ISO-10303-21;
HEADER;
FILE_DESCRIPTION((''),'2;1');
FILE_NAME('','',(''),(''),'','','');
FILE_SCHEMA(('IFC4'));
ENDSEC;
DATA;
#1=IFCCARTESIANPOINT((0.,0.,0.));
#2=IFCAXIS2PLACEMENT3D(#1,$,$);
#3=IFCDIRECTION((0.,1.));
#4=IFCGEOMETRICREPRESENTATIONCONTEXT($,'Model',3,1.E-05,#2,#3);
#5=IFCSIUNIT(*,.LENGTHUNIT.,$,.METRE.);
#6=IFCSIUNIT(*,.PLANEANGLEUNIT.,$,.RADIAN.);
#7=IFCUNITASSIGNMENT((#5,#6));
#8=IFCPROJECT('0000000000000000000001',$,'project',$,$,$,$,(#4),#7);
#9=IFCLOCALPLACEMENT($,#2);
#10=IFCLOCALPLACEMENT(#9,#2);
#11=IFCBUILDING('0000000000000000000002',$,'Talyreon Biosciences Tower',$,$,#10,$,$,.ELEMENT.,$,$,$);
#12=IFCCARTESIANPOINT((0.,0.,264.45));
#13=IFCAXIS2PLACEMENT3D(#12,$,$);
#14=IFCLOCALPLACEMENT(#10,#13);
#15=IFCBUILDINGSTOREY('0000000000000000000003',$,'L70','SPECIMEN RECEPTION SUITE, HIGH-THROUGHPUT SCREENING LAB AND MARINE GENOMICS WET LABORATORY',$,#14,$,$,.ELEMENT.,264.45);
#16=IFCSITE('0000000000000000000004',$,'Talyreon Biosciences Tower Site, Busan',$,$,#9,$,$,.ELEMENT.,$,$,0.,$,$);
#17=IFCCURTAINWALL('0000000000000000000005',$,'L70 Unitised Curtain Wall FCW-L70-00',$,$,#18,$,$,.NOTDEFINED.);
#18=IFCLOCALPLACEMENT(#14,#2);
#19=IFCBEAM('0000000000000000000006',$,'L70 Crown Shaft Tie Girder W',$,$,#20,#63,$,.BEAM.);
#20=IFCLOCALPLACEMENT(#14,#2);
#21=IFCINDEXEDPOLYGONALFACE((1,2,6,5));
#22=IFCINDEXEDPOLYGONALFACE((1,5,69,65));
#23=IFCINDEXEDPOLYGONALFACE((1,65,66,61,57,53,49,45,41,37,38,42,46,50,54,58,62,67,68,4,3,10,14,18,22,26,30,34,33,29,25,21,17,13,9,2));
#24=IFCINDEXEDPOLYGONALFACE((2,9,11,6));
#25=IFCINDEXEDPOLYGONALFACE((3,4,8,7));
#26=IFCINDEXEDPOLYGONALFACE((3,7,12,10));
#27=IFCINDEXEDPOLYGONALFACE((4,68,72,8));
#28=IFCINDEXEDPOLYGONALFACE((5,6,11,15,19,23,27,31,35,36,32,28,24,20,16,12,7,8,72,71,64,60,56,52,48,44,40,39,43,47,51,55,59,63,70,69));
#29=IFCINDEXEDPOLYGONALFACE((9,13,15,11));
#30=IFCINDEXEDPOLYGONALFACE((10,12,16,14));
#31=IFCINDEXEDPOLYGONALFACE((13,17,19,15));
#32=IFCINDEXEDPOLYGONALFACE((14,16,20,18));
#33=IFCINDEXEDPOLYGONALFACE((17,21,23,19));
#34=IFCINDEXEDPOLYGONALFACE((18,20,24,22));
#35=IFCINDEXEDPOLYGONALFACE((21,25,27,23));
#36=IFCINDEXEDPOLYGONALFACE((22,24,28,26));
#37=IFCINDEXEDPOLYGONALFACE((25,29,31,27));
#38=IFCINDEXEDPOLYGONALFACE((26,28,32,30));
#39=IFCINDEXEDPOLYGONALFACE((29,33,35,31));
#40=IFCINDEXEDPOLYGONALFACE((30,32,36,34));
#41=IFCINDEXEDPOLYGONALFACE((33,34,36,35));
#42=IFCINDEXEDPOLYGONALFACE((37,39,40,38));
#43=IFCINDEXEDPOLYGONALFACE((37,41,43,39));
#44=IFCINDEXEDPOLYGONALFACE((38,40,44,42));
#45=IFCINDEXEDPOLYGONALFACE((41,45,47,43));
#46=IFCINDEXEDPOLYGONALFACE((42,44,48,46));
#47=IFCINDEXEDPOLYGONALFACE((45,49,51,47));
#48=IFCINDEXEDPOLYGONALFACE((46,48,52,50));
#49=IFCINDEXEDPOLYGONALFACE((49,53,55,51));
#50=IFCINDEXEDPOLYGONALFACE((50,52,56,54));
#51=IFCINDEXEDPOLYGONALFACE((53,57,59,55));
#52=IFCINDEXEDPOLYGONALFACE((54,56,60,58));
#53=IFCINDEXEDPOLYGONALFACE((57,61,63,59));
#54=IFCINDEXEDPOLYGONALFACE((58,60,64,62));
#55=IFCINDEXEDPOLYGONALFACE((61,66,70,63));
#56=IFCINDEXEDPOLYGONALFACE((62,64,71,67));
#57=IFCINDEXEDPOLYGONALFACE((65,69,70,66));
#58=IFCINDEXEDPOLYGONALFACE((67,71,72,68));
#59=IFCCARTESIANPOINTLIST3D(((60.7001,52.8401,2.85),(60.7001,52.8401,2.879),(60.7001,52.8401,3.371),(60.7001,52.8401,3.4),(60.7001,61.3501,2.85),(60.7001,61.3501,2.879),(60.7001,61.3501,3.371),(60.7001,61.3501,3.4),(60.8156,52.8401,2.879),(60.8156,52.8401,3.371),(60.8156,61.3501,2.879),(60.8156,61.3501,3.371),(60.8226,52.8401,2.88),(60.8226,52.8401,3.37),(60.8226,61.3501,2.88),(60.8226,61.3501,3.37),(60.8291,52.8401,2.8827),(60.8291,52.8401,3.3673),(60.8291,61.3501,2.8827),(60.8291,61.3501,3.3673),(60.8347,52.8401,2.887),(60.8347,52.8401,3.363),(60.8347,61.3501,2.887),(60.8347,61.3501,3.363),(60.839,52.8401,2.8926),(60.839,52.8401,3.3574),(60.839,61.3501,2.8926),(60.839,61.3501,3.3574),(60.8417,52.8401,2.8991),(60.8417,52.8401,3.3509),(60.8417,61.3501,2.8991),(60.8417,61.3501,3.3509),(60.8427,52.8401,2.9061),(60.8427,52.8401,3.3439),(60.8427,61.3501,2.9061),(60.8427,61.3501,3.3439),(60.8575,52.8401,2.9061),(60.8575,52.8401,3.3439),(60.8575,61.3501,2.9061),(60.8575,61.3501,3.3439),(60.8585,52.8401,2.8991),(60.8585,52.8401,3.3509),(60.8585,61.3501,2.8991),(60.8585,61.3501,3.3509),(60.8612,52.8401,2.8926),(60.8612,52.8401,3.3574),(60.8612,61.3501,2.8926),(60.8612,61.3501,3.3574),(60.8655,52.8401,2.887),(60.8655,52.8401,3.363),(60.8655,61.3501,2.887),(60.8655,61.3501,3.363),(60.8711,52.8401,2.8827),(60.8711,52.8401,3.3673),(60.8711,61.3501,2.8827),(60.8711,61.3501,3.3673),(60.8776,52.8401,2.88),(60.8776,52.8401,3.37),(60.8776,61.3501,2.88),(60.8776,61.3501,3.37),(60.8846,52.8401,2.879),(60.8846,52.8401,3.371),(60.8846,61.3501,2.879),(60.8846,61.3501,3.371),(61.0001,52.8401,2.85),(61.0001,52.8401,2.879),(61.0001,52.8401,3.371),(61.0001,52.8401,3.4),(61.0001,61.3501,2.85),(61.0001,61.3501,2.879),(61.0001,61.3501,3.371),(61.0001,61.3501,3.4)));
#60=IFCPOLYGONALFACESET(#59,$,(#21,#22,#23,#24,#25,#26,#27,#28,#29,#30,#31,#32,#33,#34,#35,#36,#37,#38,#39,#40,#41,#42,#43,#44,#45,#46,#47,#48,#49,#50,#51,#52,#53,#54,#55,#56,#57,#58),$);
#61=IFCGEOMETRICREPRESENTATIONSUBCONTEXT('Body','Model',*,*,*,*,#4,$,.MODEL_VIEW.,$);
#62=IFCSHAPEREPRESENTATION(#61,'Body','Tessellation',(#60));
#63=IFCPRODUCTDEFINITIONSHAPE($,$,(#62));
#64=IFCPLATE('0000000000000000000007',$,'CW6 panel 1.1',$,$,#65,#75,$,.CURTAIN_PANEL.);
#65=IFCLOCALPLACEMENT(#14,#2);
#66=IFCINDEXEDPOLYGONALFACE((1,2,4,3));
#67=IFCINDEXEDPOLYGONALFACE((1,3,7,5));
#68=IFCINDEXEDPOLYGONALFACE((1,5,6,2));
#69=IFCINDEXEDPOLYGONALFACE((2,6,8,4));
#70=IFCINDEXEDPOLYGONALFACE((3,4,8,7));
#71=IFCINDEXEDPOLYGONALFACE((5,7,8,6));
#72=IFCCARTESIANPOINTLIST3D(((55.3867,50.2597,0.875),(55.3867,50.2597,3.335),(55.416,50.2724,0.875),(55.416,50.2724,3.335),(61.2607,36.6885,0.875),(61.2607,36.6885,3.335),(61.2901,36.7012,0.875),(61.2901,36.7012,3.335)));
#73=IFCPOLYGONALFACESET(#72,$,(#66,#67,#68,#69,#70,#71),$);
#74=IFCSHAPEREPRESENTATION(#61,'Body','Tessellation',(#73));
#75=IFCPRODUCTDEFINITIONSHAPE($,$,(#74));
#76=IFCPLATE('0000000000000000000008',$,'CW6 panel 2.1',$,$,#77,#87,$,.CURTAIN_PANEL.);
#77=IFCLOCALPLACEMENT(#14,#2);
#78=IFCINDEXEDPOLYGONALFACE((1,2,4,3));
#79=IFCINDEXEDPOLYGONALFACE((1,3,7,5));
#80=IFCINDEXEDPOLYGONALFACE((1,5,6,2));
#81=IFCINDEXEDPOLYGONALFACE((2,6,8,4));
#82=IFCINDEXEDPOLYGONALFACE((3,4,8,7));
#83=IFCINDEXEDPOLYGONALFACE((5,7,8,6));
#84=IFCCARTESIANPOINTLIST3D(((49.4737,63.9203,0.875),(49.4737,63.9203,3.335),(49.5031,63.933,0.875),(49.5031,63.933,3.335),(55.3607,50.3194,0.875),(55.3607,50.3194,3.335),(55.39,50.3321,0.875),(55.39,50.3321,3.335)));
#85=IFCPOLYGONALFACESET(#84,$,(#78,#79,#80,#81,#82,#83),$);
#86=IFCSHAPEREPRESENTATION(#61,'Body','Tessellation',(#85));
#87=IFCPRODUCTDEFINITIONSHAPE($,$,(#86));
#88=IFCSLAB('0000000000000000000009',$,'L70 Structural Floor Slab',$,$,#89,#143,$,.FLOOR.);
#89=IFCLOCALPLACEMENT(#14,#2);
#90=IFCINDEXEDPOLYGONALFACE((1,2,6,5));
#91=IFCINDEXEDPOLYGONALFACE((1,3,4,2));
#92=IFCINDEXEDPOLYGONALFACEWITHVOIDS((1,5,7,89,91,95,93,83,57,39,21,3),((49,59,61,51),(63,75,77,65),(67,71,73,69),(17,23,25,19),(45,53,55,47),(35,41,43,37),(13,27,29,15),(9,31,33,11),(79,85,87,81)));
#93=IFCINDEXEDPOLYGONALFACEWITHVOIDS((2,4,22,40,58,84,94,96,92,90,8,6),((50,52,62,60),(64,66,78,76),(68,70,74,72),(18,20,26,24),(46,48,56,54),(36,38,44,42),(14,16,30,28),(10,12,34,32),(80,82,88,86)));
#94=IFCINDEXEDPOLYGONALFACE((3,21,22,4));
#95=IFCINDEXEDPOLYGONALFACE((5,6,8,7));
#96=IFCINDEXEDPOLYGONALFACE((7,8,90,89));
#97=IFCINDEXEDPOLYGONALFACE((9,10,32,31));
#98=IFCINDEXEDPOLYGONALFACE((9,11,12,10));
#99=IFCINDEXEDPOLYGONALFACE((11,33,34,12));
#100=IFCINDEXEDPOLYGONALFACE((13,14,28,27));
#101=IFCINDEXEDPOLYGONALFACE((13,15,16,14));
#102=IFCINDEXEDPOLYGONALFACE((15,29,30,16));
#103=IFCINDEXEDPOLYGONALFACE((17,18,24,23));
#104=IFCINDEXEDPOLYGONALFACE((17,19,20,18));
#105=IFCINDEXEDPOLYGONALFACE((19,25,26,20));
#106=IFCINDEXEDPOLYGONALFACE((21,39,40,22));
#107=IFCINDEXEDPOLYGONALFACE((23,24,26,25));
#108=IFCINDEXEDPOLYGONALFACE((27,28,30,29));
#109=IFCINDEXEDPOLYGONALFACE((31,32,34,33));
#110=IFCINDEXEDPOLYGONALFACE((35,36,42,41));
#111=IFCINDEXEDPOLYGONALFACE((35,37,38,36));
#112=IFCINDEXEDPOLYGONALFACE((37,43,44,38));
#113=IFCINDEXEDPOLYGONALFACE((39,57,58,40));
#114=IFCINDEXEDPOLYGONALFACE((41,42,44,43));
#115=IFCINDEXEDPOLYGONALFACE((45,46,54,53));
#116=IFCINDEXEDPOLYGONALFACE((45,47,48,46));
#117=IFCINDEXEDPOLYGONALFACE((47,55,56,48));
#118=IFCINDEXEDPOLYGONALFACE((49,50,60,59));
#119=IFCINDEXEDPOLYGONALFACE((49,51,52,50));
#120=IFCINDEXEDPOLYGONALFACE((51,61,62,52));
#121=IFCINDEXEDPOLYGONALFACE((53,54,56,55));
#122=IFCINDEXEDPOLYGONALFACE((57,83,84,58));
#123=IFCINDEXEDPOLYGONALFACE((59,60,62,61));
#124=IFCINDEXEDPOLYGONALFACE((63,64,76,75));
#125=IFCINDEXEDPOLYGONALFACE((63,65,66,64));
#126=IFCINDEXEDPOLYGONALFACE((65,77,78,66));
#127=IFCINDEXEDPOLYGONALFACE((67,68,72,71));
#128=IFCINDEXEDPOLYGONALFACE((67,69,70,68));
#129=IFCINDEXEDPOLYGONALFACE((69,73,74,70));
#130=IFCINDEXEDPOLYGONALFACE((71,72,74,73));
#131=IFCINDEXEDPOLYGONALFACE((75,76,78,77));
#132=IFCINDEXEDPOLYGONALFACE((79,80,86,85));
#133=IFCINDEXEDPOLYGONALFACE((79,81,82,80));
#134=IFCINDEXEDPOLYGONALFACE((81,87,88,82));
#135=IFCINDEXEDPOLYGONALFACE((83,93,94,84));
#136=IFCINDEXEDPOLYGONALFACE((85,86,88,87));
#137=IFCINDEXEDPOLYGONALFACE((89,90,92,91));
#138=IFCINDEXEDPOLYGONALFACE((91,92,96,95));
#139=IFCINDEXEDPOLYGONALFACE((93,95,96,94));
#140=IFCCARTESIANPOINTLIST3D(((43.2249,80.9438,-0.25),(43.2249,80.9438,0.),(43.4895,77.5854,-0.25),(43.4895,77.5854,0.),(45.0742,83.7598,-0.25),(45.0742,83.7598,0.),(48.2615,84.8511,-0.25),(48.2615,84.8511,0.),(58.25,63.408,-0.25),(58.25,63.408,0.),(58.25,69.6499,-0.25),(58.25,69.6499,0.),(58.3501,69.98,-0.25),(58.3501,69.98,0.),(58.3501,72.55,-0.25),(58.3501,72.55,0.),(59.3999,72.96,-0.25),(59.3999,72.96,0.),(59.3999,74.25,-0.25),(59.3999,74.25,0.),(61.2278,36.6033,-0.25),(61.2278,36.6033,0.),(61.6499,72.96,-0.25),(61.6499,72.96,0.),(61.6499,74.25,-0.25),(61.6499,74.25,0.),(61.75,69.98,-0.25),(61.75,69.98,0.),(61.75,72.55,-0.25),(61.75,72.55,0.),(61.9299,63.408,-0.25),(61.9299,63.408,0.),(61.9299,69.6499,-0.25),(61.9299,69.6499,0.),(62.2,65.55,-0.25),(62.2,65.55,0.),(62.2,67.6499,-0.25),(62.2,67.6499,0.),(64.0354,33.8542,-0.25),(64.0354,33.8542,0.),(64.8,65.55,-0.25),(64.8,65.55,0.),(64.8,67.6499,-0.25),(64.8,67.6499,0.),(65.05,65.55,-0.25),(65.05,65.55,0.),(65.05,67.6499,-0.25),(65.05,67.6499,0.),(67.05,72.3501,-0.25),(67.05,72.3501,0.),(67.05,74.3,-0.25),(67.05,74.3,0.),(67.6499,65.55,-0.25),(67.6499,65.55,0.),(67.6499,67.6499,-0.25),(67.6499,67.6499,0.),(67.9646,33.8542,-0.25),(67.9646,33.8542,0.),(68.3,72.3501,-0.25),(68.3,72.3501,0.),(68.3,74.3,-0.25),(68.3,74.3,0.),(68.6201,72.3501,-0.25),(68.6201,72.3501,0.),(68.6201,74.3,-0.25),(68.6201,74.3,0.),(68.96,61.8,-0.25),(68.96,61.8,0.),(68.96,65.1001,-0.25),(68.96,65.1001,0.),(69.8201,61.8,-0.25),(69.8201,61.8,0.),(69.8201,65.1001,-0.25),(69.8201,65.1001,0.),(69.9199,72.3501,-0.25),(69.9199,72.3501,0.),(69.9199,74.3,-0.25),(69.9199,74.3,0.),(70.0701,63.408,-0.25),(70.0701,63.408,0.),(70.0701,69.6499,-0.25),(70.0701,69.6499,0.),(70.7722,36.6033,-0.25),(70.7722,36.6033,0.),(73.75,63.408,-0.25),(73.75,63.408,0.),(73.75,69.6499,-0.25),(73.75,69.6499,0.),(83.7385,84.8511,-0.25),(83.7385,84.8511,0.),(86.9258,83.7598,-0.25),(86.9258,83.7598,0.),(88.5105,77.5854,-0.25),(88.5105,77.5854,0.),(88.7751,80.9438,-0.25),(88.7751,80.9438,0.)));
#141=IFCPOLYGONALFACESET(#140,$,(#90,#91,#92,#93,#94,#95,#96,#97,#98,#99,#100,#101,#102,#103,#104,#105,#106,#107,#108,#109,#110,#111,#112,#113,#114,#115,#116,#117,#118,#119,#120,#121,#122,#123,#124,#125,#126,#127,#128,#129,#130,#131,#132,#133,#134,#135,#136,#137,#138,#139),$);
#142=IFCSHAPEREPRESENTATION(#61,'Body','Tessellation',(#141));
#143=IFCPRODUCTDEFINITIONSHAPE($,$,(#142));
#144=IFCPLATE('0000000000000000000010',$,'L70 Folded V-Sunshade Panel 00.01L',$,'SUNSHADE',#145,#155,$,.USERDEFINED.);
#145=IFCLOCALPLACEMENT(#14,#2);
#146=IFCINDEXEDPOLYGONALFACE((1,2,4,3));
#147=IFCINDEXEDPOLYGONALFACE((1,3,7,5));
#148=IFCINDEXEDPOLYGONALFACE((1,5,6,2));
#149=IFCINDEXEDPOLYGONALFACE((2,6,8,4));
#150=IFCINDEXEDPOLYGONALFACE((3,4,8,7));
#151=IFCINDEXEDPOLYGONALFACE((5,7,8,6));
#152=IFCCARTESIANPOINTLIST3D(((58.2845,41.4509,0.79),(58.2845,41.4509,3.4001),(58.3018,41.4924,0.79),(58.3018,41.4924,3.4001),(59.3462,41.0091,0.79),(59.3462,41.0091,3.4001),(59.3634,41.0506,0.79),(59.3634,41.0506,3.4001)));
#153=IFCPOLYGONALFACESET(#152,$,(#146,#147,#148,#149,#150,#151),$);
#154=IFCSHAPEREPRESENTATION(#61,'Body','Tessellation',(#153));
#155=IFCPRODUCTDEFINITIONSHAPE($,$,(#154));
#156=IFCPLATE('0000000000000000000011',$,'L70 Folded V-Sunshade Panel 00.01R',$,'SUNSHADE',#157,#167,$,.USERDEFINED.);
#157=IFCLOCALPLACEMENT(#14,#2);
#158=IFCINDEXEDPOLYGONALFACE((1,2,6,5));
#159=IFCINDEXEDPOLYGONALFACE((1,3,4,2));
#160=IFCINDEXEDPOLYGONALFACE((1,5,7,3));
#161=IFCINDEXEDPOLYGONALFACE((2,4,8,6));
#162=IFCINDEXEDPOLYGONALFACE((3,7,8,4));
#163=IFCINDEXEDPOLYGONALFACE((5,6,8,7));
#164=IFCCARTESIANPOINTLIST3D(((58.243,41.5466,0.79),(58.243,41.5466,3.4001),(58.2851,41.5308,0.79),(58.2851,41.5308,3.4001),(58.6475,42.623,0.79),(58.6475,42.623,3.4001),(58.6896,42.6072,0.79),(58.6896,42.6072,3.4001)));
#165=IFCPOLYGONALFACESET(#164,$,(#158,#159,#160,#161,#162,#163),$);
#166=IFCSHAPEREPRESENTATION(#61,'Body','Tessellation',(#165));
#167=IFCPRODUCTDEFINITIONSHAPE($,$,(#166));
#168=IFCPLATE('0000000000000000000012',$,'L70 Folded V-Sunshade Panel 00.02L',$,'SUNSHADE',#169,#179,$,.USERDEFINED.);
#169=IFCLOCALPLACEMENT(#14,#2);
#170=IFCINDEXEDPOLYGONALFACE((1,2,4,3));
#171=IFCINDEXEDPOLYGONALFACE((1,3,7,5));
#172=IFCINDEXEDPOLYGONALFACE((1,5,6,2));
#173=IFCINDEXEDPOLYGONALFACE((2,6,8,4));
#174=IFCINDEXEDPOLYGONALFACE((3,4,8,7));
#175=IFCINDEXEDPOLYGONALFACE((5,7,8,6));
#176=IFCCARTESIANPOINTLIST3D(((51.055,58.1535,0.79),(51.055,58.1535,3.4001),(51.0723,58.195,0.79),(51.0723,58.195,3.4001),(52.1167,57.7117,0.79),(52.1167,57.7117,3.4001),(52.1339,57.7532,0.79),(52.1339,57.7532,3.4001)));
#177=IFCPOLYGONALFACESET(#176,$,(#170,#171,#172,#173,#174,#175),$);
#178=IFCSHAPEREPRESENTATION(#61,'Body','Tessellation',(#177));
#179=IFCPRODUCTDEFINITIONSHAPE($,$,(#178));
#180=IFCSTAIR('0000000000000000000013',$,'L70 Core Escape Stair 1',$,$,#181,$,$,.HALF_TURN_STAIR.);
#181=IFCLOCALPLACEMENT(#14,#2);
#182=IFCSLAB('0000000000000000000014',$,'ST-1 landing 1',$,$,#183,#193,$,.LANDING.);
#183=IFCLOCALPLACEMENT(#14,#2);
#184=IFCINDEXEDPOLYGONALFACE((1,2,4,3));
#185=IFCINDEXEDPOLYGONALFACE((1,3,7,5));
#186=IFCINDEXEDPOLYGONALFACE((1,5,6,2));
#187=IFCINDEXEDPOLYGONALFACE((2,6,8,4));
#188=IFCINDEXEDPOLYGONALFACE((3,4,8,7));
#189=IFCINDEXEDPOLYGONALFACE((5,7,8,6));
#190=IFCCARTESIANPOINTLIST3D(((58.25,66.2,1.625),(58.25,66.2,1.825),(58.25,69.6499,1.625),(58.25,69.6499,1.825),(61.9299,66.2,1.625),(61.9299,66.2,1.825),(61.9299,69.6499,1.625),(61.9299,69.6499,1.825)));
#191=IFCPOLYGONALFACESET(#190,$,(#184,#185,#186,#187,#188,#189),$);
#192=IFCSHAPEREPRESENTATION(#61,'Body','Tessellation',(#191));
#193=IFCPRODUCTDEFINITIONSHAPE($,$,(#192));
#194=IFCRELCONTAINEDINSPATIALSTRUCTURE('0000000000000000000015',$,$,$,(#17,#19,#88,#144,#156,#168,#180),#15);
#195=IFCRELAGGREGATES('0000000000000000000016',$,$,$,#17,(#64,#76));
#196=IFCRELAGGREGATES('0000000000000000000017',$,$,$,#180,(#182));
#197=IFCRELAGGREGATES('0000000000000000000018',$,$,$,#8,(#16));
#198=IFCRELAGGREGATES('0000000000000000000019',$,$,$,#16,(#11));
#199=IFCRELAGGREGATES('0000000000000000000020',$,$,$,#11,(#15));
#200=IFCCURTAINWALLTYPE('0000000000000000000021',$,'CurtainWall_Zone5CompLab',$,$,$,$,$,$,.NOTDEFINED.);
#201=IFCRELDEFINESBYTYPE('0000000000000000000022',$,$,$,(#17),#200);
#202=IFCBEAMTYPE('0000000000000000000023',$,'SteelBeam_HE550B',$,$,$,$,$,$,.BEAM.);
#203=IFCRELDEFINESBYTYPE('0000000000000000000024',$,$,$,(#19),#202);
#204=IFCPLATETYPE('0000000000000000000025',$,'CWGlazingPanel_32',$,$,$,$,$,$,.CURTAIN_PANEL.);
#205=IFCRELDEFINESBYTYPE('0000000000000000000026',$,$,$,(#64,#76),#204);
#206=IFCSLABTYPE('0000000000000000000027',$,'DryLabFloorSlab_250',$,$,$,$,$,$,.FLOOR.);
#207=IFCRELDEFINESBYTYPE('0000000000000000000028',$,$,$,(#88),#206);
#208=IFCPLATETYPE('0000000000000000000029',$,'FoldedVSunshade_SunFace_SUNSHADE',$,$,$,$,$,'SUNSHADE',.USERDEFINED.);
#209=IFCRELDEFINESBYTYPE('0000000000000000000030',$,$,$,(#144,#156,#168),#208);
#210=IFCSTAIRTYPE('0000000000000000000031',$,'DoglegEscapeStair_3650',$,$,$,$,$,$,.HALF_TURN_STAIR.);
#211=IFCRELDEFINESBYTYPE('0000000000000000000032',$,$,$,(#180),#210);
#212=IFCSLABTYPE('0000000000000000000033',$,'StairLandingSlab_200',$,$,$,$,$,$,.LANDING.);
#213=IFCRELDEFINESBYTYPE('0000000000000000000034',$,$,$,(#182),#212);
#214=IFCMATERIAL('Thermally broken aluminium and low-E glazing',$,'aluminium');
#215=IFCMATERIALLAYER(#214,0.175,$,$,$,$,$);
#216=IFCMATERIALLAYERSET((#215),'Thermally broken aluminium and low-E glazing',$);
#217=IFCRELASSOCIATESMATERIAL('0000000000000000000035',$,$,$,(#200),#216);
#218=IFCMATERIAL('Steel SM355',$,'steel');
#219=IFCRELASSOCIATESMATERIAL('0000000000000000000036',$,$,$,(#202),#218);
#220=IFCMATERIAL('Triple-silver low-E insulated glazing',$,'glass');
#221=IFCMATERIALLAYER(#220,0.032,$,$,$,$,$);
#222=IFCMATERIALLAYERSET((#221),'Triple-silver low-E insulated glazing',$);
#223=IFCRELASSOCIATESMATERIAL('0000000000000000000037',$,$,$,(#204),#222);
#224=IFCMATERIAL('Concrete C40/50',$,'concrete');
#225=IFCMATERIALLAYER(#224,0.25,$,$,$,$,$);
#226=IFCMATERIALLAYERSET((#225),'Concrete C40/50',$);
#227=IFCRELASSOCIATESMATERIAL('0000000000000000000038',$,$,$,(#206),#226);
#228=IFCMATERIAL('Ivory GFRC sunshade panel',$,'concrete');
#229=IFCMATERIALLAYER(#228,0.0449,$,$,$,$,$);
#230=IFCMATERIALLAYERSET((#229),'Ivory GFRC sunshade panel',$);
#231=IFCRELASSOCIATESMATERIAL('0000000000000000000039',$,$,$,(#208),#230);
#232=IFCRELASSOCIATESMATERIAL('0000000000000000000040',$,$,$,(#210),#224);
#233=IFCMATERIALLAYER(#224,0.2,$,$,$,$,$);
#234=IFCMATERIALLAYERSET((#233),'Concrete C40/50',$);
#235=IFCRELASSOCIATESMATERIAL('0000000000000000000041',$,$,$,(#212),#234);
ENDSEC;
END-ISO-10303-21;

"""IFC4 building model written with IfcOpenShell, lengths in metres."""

from ifc_helpers import new_model, si_unit, direction, frame, origin, origin_2d, place, context, subcontext, project, spatial, polyline, rectangle, i_section, outline, extrude, material, layer, layer_set, material_profile, profile_set, type_object, element, aggregate, save


model = new_model("IFC4")

# Units and contexts
model_context = context("Model", 3, precision=1e-05, world=origin(), true_north=direction((0.0, 1.0)))
body_context = subcontext(model_context, "Body", "Model", "MODEL_VIEW")
ifc_project = project(units=[si_unit("LENGTHUNIT", "METRE"), si_unit("PLANEANGLEUNIT", "RADIAN")], contexts=[model_context])

# Site, building, storey
site_placement = place(None, origin())
site = spatial("IfcSite", under=ifc_project, at=site_placement, Name="Talyreon Biosciences Tower Site, Busan", CompositionType="ELEMENT", RefElevation=0.0)
building_placement = place(site_placement, origin())
building = spatial("IfcBuilding", under=site, at=building_placement, Name="Talyreon Biosciences Tower", CompositionType="ELEMENT")
storey_placement = place(building_placement, frame((0.0, 0.0, 264.45)))
storey = spatial("IfcBuildingStorey", under=building, at=storey_placement, Name="L70", Description="SPECIMEN RECEPTION SUITE, HIGH-THROUGHPUT SCREENING LAB AND MARINE GENOMICS WET LABORATORY", CompositionType="ELEMENT", Elevation=264.45)

# Curtain wall
ifc_material_1 = material(Name="Thermally broken aluminium and low-E glazing", Category="aluminium")
ifc_layer_1 = layer(ifc_material_1, 0.175)
ifc_layer_set_1 = layer_set([ifc_layer_1], Name="Thermally broken aluminium and low-E glazing")
curtain_wall_type = type_object("IfcCurtainWallType", Name="CurtainWall_Zone5CompLab", PredefinedType="NOTDEFINED", material=ifc_layer_set_1)
curtain_wall_placement = place(storey_placement, origin())
curtain_wall = element("IfcCurtainWall", 1, at=curtain_wall_placement, inside=storey, type_object=curtain_wall_type, Name="L70 Unitised Curtain Wall FCW-L70-00", PredefinedType="NOTDEFINED")

# Beam
ifc_material_2 = material(Name="Steel SM355", Category="steel")
ifc_material_profile_1 = material_profile(ifc_material_2, i_section(OverallWidth=0.3, OverallDepth=0.55, WebThickness=0.0149, FlangeThickness=0.0291, FilletRadius=0.0271, at=origin_2d()), Name="HE550B")
ifc_profile_set_1 = profile_set([ifc_material_profile_1], Name="Steel SM355")
beam_type_1 = type_object("IfcBeamType", Name="SteelBeam_HE550B", PredefinedType="BEAM", material=ifc_profile_set_1)
beam_1_placement = place(storey_placement, frame((60.8501, 52.8401, 3.125), z_axis=(0.0, 1.0, 0.0), x_axis=(-1.0, 0.0, 0.0)))
element("IfcBeam", 2, at=beam_1_placement, inside=storey, type_object=beam_type_1, Name="L70 Crown Shaft Tie Girder W", PredefinedType="BEAM", context=body_context, shape_type="SweptSolid", body=[
    extrude(i_section(OverallWidth=0.3, OverallDepth=0.55, WebThickness=0.0149, FlangeThickness=0.0291, FilletRadius=0.0271, at=origin_2d()), origin(), (0.0, 0.0, 1.0), 8.51),
])

# Plates
ifc_material_3 = material(Name="Triple-silver low-E insulated glazing", Category="glass")
ifc_layer_2 = layer(ifc_material_3, 0.032)
ifc_layer_set_2 = layer_set([ifc_layer_2], Name="Triple-silver low-E insulated glazing")
plate_type_1 = type_object("IfcPlateType", Name="CWGlazingPanel_32", PredefinedType="CURTAIN_PANEL", material=ifc_layer_set_2)
plate_1_placement = place(storey_placement, frame((58.3384, 43.4805, 0.875), z_axis=(0.0, 0.0, 1.0), x_axis=(-0.397221, 0.917723, 0.0)))
plate_1 = element("IfcPlate", 3, at=plate_1_placement, type_object=plate_type_1, Name="CW6 panel 1.1", PredefinedType="CURTAIN_PANEL", context=body_context, shape_type="SweptSolid", body=[
    extrude(rectangle(XDim=14.7878, YDim=0.032, at=origin_2d()), origin(), (0.0, 0.0, 1.0), 2.46),
])
plate_2_placement = place(storey_placement, frame((52.4319, 57.1262, 0.875), z_axis=(0.0, 0.0, 1.0), x_axis=(-0.397221, 0.917723, 0.0)))
plate_2 = element("IfcPlate", 4, at=plate_2_placement, type_object=plate_type_1, Name="CW6 panel 2.1", PredefinedType="CURTAIN_PANEL", context=body_context, shape_type="SweptSolid", body=[
    extrude(rectangle(XDim=14.8203, YDim=0.032, at=origin_2d()), origin(), (0.0, 0.0, 1.0), 2.46),
])
aggregate(curtain_wall, [plate_1, plate_2])

# Slab
ifc_material_4 = material(Name="Concrete C40/50", Category="concrete")
ifc_layer_3 = layer(ifc_material_4, 0.25)
ifc_layer_set_3 = layer_set([ifc_layer_3], Name="Concrete C40/50")
slab_type_1 = type_object("IfcSlabType", Name="DryLabFloorSlab_250", PredefinedType="FLOOR", material=ifc_layer_set_3)
slab_1_placement = place(storey_placement, frame((0.0, 0.0, -0.25)))
element("IfcSlab", 5, at=slab_1_placement, inside=storey, type_object=slab_type_1, Name="L70 Structural Floor Slab", PredefinedType="FLOOR", context=body_context, shape_type="SweptSolid", body=[
    extrude(outline(polyline([(61.2278, 36.6033), (43.4895, 77.5854), (43.2249, 80.9438), (45.0742, 83.7598), (48.2615, 84.8511), (83.7385, 84.8511), (86.9258, 83.7598), (88.7751, 80.9438), (88.5105, 77.5854), (70.7722, 36.6033), (67.9646, 33.8542), (64.0354, 33.8542), (61.2278, 36.6033)]), holes=[polyline([(69.8201, 65.1001), (69.8201, 61.8), (68.96, 61.8), (68.96, 65.1001), (69.8201, 65.1001)]), polyline([(61.9299, 69.6499), (61.9299, 63.408), (58.25, 63.408), (58.25, 69.6499), (61.9299, 69.6499)]), polyline([(73.75, 69.6499), (73.75, 63.408), (70.0701, 63.408), (70.0701, 69.6499), (73.75, 69.6499)]), polyline([(64.8, 67.6499), (64.8, 65.55), (62.2, 65.55), (62.2, 67.6499), (64.8, 67.6499)]), polyline([(67.6499, 67.6499), (67.6499, 65.55), (65.05, 65.55), (65.05, 67.6499), (67.6499, 67.6499)]), polyline([(61.75, 72.55), (61.75, 69.98), (58.3501, 69.98), (58.3501, 72.55), (61.75, 72.55)]), polyline([(68.3, 74.3), (68.3, 72.3501), (67.05, 72.3501), (67.05, 74.3), (68.3, 74.3)]), polyline([(69.9199, 72.3501), (68.6201, 72.3501), (68.6201, 74.3), (69.9199, 74.3), (69.9199, 72.3501)]), polyline([(61.6499, 72.96), (59.3999, 72.96), (59.3999, 74.25), (61.6499, 74.25), (61.6499, 72.96)])]), origin(), (0.0, 0.0, 1.0), 0.25),
])

# Plates
ifc_material_5 = material(Name="Ivory GFRC sunshade panel", Category="concrete")
ifc_layer_4 = layer(ifc_material_5, 0.0449)
ifc_layer_set_4 = layer_set([ifc_layer_4], Name="Ivory GFRC sunshade panel")
plate_type_2 = type_object("IfcPlateType", Name="FoldedVSunshade_SunFace_SUNSHADE", ElementType="SUNSHADE", PredefinedType="USERDEFINED", material=ifc_layer_set_4)
for number, where, z_axis, x_axis, name in (
    (6, (58.824, 41.2507, 0.79), (0.0, 0.0, 1.0), (-0.923244, 0.384215, 0.0), "L70 Folded V-Sunshade Panel 00.01L"),
    (7, (58.4663, 42.0769, 0.79), (0.0, 0.0, 1.0), (0.35176, 0.93609, 0.0), "L70 Folded V-Sunshade Panel 00.01R"),
    (8, (51.5945, 57.9534, 0.79), (0.0, 0.0, 1.0), (-0.923244, 0.384215, 0.0), "L70 Folded V-Sunshade Panel 00.02L"),
):
    element("IfcPlate", number, at=place(storey_placement, frame(where, z_axis=z_axis, x_axis=x_axis)), inside=storey, type_object=plate_type_2, Name=name, ObjectType="SUNSHADE", PredefinedType="USERDEFINED", context=body_context, shape_type="SweptSolid", body=[
        extrude(rectangle(XDim=1.1499, YDim=0.0449, at=origin_2d()), origin(), (0.0, 0.0, 1.0), 2.6101),
    ])

# Stair, slab
stair_type = type_object("IfcStairType", Name="DoglegEscapeStair_3650", PredefinedType="HALF_TURN_STAIR", material=ifc_material_4)
stair_1_placement = place(storey_placement, origin())
stair_1 = element("IfcStair", 9, at=stair_1_placement, inside=storey, type_object=stair_type, Name="L70 Core Escape Stair 1", PredefinedType="HALF_TURN_STAIR")
ifc_layer_5 = layer(ifc_material_4, 0.2)
ifc_layer_set_5 = layer_set([ifc_layer_5], Name="Concrete C40/50")
slab_type_2 = type_object("IfcSlabType", Name="StairLandingSlab_200", PredefinedType="LANDING", material=ifc_layer_set_5)
slab_2_placement = place(storey_placement, frame((0.0, 0.0, 1.625)))
slab_2 = element("IfcSlab", 10, at=slab_2_placement, type_object=slab_type_2, Name="ST-1 landing 1", PredefinedType="LANDING", context=body_context, shape_type="SweptSolid", body=[
    extrude(outline(polyline([(61.9299, 66.2), (61.9299, 69.6499), (58.25, 69.6499), (58.25, 66.2), (61.9299, 66.2)])), origin(), (0.0, 0.0, 1.0), 0.2),
])
aggregate(stair_1, [slab_2])

save(model, "model.ifc")
